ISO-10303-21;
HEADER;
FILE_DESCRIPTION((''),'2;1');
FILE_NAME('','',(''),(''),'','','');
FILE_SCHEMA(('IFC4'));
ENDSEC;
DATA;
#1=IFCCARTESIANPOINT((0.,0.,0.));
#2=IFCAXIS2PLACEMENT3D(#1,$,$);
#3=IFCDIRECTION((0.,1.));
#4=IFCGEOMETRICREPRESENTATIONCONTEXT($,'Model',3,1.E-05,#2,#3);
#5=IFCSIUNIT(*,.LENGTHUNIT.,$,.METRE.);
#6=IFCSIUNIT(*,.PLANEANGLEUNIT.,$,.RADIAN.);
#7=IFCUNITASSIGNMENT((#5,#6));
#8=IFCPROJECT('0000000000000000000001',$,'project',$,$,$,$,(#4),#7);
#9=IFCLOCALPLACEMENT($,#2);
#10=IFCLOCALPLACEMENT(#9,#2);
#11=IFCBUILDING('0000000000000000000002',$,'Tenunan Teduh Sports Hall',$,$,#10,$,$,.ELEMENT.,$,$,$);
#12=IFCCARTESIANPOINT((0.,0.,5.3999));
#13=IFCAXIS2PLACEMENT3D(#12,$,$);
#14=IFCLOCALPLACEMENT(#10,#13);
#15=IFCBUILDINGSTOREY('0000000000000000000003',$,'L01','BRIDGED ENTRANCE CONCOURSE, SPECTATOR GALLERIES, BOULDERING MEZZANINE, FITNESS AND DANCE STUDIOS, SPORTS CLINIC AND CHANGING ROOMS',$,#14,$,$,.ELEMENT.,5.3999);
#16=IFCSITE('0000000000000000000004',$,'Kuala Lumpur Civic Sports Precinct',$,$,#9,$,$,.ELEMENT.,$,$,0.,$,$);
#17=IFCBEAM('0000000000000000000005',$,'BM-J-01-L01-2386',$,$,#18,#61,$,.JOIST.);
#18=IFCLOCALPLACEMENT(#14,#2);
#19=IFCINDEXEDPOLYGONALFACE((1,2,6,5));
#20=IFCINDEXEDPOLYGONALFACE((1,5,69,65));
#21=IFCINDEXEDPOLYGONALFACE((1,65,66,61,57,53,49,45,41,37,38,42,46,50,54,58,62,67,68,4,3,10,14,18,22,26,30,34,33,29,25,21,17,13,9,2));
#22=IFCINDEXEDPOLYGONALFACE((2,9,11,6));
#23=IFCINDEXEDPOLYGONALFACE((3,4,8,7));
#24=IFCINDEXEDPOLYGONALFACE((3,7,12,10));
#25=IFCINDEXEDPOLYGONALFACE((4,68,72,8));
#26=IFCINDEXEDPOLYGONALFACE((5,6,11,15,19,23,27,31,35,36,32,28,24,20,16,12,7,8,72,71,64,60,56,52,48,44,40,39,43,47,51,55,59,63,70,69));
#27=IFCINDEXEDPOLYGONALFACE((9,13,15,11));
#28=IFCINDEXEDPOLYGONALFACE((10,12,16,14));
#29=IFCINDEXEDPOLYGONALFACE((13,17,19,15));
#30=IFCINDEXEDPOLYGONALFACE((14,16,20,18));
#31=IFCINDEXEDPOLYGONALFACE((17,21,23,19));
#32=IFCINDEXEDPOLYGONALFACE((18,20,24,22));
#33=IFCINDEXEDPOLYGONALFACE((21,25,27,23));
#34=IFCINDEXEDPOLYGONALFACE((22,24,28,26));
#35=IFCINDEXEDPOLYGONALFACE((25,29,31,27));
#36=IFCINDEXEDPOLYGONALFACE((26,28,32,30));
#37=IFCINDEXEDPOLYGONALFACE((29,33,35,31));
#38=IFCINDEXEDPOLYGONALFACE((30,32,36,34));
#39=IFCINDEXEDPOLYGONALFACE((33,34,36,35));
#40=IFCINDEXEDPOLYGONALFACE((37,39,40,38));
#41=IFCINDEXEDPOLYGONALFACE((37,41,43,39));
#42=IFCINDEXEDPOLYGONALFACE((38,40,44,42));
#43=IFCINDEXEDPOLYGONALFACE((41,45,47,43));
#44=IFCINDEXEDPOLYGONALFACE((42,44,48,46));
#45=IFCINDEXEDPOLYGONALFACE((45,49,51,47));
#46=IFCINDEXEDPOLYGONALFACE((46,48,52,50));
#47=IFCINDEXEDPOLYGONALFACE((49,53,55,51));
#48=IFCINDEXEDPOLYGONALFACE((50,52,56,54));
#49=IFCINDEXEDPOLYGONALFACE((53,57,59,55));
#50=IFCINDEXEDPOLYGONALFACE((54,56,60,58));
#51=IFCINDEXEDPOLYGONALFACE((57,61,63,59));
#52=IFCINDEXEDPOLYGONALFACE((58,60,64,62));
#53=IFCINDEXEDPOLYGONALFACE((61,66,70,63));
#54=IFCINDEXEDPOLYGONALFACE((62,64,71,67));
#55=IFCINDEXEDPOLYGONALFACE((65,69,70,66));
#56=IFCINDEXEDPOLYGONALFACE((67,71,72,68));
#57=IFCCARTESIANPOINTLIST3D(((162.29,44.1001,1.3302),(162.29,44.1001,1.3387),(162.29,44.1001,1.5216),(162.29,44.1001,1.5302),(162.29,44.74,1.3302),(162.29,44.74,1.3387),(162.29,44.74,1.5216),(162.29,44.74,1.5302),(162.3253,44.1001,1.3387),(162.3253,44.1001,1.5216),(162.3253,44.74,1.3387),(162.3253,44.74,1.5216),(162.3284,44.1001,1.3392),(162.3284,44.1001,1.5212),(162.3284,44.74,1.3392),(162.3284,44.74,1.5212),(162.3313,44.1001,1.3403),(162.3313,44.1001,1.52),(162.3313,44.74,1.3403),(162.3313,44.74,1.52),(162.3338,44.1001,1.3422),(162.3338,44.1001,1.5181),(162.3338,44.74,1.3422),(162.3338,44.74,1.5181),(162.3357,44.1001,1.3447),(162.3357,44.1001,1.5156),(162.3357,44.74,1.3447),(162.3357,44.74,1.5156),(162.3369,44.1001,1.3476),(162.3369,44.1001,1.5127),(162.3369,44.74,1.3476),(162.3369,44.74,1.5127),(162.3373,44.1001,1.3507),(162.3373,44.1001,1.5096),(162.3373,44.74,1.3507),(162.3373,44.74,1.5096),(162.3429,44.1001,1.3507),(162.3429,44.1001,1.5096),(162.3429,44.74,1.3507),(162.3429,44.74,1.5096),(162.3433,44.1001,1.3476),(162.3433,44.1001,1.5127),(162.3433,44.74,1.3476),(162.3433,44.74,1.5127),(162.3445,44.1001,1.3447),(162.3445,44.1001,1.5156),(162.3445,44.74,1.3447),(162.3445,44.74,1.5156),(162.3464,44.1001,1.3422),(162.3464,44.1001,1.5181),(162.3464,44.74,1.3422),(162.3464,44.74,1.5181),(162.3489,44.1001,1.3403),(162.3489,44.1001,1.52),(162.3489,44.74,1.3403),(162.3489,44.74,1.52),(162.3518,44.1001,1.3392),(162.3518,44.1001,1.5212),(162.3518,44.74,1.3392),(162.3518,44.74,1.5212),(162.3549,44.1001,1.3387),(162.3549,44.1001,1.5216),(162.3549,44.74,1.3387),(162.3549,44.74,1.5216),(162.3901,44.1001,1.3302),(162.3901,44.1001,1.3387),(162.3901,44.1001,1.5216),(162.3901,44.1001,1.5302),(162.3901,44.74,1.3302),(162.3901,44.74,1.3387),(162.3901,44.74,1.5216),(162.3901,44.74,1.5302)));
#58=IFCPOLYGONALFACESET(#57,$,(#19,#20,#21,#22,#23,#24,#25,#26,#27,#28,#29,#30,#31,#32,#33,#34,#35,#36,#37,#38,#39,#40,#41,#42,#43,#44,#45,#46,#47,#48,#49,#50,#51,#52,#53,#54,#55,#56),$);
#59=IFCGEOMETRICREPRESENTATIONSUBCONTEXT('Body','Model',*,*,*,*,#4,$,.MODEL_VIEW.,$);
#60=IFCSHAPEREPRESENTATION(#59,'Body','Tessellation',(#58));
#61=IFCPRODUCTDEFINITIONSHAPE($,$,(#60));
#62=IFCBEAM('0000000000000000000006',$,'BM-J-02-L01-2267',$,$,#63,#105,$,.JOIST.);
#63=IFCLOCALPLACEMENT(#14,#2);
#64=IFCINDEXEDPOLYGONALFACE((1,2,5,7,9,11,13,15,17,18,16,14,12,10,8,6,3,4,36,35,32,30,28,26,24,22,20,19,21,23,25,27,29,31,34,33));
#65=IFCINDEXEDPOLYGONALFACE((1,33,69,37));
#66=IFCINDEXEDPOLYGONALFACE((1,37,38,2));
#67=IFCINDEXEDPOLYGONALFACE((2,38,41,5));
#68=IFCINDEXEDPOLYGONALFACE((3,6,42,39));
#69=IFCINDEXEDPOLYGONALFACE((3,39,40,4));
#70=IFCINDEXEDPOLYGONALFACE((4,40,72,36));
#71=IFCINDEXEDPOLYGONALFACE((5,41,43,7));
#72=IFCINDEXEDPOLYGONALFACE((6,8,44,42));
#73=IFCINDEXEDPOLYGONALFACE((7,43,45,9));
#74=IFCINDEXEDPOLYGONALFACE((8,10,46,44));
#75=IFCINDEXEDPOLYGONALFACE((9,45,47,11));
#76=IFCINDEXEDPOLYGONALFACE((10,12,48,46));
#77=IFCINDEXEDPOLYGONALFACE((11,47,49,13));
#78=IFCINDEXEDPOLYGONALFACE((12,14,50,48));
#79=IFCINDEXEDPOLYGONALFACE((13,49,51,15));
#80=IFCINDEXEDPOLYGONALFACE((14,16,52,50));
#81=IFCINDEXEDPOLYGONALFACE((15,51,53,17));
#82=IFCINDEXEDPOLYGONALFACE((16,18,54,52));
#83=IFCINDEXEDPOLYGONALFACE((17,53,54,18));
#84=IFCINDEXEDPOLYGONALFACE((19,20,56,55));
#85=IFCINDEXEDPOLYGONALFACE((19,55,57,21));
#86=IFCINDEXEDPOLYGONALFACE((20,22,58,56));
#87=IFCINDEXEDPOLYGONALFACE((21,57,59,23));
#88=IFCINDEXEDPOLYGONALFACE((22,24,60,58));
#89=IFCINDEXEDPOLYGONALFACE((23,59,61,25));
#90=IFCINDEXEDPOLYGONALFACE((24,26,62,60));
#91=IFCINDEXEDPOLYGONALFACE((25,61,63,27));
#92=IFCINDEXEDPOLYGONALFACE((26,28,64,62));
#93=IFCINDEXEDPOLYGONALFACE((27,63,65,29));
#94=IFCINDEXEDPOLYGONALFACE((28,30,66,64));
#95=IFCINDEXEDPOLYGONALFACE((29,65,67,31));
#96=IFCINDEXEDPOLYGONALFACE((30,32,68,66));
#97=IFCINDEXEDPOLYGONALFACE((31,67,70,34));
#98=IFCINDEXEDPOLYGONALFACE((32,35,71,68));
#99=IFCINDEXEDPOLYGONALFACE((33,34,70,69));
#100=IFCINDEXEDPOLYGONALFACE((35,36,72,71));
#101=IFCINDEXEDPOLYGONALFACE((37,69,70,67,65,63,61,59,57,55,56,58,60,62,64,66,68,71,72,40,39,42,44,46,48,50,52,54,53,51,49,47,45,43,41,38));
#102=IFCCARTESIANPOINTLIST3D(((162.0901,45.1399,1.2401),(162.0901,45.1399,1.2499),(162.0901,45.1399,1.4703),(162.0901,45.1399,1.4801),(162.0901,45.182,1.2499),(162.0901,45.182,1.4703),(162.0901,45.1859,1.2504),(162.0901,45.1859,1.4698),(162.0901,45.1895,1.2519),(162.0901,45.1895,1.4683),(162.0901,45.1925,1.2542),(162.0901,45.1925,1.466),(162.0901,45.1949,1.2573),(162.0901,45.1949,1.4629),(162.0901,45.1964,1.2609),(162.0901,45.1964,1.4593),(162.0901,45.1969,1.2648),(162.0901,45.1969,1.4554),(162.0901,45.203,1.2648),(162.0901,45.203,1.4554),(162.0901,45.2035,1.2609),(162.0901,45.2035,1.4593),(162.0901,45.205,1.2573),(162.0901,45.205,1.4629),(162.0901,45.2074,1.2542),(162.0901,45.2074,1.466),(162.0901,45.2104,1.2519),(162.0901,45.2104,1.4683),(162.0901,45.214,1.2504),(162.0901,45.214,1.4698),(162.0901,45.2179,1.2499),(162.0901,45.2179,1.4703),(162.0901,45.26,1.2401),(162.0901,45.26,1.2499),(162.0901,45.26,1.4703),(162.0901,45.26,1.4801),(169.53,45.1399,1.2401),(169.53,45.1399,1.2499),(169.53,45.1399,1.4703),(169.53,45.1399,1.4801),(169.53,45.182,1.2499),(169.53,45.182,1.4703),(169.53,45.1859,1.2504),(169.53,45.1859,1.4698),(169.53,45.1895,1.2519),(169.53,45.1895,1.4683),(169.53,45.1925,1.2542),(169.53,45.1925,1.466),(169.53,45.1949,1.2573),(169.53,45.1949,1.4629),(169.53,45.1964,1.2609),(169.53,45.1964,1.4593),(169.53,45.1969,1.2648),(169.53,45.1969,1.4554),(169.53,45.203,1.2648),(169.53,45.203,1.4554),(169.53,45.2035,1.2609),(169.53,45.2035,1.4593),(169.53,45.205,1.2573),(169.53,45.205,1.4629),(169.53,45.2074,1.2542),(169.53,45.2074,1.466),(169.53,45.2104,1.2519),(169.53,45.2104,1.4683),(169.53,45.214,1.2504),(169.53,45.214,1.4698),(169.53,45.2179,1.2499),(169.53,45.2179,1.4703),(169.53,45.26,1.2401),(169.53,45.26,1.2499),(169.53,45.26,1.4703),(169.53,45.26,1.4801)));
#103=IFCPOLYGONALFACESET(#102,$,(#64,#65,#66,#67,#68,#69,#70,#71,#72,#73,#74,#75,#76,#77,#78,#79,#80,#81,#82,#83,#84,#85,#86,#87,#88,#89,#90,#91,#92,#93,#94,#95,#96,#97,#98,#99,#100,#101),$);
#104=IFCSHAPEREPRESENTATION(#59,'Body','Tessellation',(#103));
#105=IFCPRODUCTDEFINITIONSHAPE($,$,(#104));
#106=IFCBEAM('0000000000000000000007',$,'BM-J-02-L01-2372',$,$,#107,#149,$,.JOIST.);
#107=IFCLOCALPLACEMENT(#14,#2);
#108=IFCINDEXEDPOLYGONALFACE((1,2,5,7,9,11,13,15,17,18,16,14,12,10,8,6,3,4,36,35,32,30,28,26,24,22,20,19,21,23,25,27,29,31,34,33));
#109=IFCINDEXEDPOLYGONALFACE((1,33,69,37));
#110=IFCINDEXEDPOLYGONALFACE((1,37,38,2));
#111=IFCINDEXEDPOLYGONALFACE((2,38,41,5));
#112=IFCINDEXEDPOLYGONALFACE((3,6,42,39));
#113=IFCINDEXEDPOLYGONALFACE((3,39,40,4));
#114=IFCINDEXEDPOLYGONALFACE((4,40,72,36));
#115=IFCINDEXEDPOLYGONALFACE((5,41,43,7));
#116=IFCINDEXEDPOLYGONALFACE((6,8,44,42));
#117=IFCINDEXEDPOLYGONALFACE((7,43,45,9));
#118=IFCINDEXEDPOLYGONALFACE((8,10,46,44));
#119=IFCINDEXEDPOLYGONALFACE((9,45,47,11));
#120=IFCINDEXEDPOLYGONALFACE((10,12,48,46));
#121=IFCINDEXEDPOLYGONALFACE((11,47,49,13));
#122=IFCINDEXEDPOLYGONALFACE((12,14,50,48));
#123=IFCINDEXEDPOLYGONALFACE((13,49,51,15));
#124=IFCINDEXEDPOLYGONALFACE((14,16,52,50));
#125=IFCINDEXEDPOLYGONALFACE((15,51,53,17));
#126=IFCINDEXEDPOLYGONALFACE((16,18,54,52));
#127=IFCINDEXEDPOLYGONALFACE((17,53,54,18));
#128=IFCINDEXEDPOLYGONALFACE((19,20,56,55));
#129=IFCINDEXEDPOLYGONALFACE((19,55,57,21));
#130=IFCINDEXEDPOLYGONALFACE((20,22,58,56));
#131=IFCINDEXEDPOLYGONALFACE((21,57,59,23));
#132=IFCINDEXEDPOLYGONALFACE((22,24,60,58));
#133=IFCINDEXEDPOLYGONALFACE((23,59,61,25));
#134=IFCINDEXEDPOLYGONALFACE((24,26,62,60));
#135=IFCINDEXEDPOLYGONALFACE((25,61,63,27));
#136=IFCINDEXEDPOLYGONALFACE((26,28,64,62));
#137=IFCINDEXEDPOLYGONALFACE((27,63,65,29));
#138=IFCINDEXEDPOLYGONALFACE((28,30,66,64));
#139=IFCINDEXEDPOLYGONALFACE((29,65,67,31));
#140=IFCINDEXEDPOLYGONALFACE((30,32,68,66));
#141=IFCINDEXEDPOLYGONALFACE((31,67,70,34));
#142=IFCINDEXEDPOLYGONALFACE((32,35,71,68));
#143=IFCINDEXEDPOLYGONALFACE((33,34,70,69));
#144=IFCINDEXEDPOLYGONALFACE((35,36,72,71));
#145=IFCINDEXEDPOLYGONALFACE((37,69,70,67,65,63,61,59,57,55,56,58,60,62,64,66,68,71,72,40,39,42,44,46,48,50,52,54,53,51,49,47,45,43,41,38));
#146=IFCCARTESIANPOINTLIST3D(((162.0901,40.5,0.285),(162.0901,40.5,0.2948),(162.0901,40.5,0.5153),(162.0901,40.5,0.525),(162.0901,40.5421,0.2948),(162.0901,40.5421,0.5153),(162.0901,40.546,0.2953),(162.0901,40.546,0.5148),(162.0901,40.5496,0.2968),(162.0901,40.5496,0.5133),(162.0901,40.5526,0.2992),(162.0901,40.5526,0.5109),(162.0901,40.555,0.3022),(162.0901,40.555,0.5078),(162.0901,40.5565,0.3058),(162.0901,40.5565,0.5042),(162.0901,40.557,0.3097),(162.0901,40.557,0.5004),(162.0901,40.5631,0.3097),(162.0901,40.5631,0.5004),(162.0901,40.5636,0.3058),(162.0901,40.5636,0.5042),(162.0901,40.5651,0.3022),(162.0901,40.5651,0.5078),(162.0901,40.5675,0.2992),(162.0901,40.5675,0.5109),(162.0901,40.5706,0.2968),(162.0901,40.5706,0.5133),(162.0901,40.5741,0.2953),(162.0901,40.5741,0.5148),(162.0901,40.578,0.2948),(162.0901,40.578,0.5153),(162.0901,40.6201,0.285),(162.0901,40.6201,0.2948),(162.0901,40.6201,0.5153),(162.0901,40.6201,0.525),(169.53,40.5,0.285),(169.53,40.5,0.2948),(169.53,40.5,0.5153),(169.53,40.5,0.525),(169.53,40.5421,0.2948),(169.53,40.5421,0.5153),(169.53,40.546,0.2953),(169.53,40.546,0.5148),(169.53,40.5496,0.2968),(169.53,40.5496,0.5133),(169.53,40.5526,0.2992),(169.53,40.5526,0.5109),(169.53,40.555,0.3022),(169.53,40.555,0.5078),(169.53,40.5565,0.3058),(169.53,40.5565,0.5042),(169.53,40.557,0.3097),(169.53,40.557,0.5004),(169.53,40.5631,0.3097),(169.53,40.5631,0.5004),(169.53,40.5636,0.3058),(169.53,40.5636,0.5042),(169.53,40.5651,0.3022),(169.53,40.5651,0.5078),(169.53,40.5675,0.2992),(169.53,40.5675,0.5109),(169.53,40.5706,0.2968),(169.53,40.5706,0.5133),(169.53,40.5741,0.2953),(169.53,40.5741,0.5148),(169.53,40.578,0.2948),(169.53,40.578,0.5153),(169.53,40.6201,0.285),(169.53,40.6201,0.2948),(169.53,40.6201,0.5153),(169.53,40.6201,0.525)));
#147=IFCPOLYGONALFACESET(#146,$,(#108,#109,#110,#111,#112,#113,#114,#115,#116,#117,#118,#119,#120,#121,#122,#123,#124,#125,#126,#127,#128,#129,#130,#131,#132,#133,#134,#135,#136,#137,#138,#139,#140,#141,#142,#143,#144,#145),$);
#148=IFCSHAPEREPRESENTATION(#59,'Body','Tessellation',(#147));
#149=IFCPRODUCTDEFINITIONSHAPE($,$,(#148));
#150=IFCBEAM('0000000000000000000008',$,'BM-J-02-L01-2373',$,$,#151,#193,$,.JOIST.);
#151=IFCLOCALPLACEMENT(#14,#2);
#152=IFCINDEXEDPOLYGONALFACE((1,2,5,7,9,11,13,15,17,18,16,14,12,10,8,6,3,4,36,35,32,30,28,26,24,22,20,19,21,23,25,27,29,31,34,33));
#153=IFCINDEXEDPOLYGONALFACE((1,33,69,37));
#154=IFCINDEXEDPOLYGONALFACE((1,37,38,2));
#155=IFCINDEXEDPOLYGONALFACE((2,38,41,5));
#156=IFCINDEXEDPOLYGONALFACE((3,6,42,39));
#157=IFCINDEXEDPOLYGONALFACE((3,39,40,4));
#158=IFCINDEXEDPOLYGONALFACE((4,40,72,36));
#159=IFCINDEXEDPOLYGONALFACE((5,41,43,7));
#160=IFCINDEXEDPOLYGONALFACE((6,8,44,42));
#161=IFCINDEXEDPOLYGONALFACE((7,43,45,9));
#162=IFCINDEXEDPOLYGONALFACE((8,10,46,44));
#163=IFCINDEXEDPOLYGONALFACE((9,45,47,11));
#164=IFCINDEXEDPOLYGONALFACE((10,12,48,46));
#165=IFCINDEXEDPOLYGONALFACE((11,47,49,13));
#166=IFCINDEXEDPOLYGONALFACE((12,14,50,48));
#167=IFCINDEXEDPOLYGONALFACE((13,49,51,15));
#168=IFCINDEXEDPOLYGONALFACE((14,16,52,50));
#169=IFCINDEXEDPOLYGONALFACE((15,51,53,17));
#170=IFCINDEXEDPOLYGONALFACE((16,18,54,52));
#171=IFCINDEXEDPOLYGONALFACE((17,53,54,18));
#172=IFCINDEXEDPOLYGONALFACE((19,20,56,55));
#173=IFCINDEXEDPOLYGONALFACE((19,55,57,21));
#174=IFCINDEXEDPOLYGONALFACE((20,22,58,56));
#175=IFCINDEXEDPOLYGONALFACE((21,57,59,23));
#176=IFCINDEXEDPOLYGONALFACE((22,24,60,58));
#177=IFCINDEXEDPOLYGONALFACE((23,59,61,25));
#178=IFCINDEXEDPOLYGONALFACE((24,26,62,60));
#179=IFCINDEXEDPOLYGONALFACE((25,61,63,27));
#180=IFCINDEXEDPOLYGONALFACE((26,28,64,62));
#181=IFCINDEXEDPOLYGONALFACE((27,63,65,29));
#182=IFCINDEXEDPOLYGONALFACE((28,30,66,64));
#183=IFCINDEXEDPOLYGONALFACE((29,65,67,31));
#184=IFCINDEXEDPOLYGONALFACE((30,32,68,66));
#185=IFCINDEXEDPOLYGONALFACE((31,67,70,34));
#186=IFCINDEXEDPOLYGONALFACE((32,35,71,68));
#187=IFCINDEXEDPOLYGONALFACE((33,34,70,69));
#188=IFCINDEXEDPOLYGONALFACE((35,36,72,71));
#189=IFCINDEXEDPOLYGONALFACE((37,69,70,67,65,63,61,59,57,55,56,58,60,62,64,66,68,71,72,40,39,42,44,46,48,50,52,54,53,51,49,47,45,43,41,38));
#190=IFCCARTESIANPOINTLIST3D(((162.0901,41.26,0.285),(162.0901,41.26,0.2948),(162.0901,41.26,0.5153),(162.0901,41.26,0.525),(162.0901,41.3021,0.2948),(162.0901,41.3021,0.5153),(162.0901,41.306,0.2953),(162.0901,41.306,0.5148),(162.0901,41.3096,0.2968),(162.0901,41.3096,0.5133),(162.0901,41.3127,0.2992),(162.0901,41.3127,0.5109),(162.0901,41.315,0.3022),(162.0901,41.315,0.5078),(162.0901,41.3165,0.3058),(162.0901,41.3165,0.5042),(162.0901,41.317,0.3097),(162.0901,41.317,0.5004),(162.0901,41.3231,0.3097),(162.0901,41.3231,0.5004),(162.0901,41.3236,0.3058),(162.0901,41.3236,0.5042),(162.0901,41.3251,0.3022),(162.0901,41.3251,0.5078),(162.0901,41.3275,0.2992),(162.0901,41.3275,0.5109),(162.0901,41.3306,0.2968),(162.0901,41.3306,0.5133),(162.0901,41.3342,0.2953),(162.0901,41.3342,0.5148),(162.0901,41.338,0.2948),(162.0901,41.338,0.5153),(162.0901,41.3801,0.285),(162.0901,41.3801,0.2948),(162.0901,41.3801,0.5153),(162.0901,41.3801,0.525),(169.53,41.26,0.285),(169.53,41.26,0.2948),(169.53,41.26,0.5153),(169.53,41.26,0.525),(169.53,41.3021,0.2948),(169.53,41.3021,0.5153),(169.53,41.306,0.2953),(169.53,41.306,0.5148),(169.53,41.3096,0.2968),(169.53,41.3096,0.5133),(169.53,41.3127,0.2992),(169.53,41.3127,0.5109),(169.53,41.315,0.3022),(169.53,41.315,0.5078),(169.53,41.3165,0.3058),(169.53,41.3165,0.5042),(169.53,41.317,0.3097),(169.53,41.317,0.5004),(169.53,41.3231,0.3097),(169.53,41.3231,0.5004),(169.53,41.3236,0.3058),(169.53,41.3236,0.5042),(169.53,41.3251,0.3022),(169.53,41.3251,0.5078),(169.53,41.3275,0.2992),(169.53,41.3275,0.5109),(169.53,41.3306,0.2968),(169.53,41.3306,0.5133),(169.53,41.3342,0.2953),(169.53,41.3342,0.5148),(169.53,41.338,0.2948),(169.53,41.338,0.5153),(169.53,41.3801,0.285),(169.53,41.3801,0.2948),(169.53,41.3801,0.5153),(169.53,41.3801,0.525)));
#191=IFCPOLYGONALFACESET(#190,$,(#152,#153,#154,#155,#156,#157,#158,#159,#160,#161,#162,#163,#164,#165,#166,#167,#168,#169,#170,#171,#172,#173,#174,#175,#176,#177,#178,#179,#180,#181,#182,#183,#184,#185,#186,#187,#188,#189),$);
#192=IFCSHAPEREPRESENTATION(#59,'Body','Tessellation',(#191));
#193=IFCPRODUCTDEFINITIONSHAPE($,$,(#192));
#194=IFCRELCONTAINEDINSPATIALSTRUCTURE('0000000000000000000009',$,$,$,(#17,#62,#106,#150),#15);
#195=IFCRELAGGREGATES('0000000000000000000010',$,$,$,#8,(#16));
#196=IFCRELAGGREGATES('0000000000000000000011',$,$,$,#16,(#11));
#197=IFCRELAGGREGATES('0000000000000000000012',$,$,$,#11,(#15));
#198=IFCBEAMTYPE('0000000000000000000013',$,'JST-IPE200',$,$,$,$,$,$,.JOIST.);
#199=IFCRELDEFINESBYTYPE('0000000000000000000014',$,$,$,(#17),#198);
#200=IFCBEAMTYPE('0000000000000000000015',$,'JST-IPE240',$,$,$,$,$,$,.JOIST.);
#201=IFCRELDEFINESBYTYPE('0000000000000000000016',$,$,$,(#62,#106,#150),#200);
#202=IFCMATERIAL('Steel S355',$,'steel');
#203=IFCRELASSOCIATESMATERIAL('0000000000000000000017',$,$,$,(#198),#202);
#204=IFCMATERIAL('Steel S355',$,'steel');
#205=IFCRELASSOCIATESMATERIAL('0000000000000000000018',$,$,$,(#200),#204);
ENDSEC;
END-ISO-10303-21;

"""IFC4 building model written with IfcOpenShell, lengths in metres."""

from ifc_helpers import new_model, si_unit, direction, frame, origin, origin_2d, place, context, subcontext, project, spatial, i_section, extrude, material, material_profile, profile_set, type_object, element, save


model = new_model("IFC4")

# Units and contexts
model_context = context("Model", 3, precision=1e-05, world=origin(), true_north=direction((0.0, 1.0)))
body_context = subcontext(model_context, "Body", "Model", "MODEL_VIEW")
ifc_project = project(units=[si_unit("LENGTHUNIT", "METRE"), si_unit("PLANEANGLEUNIT", "RADIAN")], contexts=[model_context])

# Site, building, storey
site_placement = place(None, origin())
site = spatial("IfcSite", under=ifc_project, at=site_placement, Name="Kuala Lumpur Civic Sports Precinct", CompositionType="ELEMENT", RefElevation=0.0)
building_placement = place(site_placement, origin())
building = spatial("IfcBuilding", under=site, at=building_placement, Name="Tenunan Teduh Sports Hall", CompositionType="ELEMENT")
storey_placement = place(building_placement, frame((0.0, 0.0, 5.3999)))
storey = spatial("IfcBuildingStorey", under=building, at=storey_placement, Name="L01", Description="BRIDGED ENTRANCE CONCOURSE, SPECTATOR GALLERIES, BOULDERING MEZZANINE, FITNESS AND DANCE STUDIOS, SPORTS CLINIC AND CHANGING ROOMS", CompositionType="ELEMENT", Elevation=5.3999)

# Beams
ifc_material_1 = material(Name="Steel S355", Category="steel")
ifc_material_profile_1 = material_profile(ifc_material_1, i_section(OverallWidth=0.1001, OverallDepth=0.2, WebThickness=0.0056, FlangeThickness=0.0085, FilletRadius=0.012, at=origin_2d()), Name="IPE 200")
ifc_profile_set_1 = profile_set([ifc_material_profile_1], Name="Steel S355")
beam_type_1 = type_object("IfcBeamType", Name="JST-IPE200", PredefinedType="JOIST", material=ifc_profile_set_1)
beam_1_placement = place(storey_placement, frame((162.3401, 44.1001, 1.4302), z_axis=(0.0, 1.0, 0.0), x_axis=(-1.0, 0.0, 0.0)))
element("IfcBeam", 1, at=beam_1_placement, inside=storey, type_object=beam_type_1, Name="BM-J-01-L01-2386", PredefinedType="JOIST", context=body_context, shape_type="SweptSolid", body=[
    extrude(i_section(OverallWidth=0.1001, OverallDepth=0.2, WebThickness=0.0056, FlangeThickness=0.0085, FilletRadius=0.012, at=origin_2d()), origin(), (0.0, 0.0, 1.0), 0.6399),
])
ifc_material_2 = material(Name="Steel S355", Category="steel")
ifc_material_profile_2 = material_profile(ifc_material_2, i_section(OverallWidth=0.1201, OverallDepth=0.24, WebThickness=0.0061, FlangeThickness=0.0098, FilletRadius=0.0149, at=origin_2d()), Name="IPE 240")
ifc_profile_set_2 = profile_set([ifc_material_profile_2], Name="Steel S355")
beam_type_2 = type_object("IfcBeamType", Name="JST-IPE240", PredefinedType="JOIST", material=ifc_profile_set_2)
for number, where, z_axis, x_axis, name in (
    (2, (162.0901, 45.2, 1.3601), (1.0, 0.0, 0.0), (0.0, 1.0, 0.0), "BM-J-02-L01-2267"),
    (3, (162.0901, 40.5601, 0.405), (1.0, 0.0, 0.0), (0.0, 1.0, 0.0), "BM-J-02-L01-2372"),
    (4, (162.0901, 41.3201, 0.405), (1.0, 0.0, 0.0), (0.0, 1.0, 0.0), "BM-J-02-L01-2373"),
):
    element("IfcBeam", number, at=place(storey_placement, frame(where, z_axis=z_axis, x_axis=x_axis)), inside=storey, type_object=beam_type_2, Name=name, PredefinedType="JOIST", context=body_context, shape_type="SweptSolid", body=[
        extrude(i_section(OverallWidth=0.1201, OverallDepth=0.24, WebThickness=0.0061, FlangeThickness=0.0098, FilletRadius=0.0149, at=origin_2d()), origin(), (0.0, 0.0, 1.0), 7.4399),
    ])

save(model, "model.ifc")
